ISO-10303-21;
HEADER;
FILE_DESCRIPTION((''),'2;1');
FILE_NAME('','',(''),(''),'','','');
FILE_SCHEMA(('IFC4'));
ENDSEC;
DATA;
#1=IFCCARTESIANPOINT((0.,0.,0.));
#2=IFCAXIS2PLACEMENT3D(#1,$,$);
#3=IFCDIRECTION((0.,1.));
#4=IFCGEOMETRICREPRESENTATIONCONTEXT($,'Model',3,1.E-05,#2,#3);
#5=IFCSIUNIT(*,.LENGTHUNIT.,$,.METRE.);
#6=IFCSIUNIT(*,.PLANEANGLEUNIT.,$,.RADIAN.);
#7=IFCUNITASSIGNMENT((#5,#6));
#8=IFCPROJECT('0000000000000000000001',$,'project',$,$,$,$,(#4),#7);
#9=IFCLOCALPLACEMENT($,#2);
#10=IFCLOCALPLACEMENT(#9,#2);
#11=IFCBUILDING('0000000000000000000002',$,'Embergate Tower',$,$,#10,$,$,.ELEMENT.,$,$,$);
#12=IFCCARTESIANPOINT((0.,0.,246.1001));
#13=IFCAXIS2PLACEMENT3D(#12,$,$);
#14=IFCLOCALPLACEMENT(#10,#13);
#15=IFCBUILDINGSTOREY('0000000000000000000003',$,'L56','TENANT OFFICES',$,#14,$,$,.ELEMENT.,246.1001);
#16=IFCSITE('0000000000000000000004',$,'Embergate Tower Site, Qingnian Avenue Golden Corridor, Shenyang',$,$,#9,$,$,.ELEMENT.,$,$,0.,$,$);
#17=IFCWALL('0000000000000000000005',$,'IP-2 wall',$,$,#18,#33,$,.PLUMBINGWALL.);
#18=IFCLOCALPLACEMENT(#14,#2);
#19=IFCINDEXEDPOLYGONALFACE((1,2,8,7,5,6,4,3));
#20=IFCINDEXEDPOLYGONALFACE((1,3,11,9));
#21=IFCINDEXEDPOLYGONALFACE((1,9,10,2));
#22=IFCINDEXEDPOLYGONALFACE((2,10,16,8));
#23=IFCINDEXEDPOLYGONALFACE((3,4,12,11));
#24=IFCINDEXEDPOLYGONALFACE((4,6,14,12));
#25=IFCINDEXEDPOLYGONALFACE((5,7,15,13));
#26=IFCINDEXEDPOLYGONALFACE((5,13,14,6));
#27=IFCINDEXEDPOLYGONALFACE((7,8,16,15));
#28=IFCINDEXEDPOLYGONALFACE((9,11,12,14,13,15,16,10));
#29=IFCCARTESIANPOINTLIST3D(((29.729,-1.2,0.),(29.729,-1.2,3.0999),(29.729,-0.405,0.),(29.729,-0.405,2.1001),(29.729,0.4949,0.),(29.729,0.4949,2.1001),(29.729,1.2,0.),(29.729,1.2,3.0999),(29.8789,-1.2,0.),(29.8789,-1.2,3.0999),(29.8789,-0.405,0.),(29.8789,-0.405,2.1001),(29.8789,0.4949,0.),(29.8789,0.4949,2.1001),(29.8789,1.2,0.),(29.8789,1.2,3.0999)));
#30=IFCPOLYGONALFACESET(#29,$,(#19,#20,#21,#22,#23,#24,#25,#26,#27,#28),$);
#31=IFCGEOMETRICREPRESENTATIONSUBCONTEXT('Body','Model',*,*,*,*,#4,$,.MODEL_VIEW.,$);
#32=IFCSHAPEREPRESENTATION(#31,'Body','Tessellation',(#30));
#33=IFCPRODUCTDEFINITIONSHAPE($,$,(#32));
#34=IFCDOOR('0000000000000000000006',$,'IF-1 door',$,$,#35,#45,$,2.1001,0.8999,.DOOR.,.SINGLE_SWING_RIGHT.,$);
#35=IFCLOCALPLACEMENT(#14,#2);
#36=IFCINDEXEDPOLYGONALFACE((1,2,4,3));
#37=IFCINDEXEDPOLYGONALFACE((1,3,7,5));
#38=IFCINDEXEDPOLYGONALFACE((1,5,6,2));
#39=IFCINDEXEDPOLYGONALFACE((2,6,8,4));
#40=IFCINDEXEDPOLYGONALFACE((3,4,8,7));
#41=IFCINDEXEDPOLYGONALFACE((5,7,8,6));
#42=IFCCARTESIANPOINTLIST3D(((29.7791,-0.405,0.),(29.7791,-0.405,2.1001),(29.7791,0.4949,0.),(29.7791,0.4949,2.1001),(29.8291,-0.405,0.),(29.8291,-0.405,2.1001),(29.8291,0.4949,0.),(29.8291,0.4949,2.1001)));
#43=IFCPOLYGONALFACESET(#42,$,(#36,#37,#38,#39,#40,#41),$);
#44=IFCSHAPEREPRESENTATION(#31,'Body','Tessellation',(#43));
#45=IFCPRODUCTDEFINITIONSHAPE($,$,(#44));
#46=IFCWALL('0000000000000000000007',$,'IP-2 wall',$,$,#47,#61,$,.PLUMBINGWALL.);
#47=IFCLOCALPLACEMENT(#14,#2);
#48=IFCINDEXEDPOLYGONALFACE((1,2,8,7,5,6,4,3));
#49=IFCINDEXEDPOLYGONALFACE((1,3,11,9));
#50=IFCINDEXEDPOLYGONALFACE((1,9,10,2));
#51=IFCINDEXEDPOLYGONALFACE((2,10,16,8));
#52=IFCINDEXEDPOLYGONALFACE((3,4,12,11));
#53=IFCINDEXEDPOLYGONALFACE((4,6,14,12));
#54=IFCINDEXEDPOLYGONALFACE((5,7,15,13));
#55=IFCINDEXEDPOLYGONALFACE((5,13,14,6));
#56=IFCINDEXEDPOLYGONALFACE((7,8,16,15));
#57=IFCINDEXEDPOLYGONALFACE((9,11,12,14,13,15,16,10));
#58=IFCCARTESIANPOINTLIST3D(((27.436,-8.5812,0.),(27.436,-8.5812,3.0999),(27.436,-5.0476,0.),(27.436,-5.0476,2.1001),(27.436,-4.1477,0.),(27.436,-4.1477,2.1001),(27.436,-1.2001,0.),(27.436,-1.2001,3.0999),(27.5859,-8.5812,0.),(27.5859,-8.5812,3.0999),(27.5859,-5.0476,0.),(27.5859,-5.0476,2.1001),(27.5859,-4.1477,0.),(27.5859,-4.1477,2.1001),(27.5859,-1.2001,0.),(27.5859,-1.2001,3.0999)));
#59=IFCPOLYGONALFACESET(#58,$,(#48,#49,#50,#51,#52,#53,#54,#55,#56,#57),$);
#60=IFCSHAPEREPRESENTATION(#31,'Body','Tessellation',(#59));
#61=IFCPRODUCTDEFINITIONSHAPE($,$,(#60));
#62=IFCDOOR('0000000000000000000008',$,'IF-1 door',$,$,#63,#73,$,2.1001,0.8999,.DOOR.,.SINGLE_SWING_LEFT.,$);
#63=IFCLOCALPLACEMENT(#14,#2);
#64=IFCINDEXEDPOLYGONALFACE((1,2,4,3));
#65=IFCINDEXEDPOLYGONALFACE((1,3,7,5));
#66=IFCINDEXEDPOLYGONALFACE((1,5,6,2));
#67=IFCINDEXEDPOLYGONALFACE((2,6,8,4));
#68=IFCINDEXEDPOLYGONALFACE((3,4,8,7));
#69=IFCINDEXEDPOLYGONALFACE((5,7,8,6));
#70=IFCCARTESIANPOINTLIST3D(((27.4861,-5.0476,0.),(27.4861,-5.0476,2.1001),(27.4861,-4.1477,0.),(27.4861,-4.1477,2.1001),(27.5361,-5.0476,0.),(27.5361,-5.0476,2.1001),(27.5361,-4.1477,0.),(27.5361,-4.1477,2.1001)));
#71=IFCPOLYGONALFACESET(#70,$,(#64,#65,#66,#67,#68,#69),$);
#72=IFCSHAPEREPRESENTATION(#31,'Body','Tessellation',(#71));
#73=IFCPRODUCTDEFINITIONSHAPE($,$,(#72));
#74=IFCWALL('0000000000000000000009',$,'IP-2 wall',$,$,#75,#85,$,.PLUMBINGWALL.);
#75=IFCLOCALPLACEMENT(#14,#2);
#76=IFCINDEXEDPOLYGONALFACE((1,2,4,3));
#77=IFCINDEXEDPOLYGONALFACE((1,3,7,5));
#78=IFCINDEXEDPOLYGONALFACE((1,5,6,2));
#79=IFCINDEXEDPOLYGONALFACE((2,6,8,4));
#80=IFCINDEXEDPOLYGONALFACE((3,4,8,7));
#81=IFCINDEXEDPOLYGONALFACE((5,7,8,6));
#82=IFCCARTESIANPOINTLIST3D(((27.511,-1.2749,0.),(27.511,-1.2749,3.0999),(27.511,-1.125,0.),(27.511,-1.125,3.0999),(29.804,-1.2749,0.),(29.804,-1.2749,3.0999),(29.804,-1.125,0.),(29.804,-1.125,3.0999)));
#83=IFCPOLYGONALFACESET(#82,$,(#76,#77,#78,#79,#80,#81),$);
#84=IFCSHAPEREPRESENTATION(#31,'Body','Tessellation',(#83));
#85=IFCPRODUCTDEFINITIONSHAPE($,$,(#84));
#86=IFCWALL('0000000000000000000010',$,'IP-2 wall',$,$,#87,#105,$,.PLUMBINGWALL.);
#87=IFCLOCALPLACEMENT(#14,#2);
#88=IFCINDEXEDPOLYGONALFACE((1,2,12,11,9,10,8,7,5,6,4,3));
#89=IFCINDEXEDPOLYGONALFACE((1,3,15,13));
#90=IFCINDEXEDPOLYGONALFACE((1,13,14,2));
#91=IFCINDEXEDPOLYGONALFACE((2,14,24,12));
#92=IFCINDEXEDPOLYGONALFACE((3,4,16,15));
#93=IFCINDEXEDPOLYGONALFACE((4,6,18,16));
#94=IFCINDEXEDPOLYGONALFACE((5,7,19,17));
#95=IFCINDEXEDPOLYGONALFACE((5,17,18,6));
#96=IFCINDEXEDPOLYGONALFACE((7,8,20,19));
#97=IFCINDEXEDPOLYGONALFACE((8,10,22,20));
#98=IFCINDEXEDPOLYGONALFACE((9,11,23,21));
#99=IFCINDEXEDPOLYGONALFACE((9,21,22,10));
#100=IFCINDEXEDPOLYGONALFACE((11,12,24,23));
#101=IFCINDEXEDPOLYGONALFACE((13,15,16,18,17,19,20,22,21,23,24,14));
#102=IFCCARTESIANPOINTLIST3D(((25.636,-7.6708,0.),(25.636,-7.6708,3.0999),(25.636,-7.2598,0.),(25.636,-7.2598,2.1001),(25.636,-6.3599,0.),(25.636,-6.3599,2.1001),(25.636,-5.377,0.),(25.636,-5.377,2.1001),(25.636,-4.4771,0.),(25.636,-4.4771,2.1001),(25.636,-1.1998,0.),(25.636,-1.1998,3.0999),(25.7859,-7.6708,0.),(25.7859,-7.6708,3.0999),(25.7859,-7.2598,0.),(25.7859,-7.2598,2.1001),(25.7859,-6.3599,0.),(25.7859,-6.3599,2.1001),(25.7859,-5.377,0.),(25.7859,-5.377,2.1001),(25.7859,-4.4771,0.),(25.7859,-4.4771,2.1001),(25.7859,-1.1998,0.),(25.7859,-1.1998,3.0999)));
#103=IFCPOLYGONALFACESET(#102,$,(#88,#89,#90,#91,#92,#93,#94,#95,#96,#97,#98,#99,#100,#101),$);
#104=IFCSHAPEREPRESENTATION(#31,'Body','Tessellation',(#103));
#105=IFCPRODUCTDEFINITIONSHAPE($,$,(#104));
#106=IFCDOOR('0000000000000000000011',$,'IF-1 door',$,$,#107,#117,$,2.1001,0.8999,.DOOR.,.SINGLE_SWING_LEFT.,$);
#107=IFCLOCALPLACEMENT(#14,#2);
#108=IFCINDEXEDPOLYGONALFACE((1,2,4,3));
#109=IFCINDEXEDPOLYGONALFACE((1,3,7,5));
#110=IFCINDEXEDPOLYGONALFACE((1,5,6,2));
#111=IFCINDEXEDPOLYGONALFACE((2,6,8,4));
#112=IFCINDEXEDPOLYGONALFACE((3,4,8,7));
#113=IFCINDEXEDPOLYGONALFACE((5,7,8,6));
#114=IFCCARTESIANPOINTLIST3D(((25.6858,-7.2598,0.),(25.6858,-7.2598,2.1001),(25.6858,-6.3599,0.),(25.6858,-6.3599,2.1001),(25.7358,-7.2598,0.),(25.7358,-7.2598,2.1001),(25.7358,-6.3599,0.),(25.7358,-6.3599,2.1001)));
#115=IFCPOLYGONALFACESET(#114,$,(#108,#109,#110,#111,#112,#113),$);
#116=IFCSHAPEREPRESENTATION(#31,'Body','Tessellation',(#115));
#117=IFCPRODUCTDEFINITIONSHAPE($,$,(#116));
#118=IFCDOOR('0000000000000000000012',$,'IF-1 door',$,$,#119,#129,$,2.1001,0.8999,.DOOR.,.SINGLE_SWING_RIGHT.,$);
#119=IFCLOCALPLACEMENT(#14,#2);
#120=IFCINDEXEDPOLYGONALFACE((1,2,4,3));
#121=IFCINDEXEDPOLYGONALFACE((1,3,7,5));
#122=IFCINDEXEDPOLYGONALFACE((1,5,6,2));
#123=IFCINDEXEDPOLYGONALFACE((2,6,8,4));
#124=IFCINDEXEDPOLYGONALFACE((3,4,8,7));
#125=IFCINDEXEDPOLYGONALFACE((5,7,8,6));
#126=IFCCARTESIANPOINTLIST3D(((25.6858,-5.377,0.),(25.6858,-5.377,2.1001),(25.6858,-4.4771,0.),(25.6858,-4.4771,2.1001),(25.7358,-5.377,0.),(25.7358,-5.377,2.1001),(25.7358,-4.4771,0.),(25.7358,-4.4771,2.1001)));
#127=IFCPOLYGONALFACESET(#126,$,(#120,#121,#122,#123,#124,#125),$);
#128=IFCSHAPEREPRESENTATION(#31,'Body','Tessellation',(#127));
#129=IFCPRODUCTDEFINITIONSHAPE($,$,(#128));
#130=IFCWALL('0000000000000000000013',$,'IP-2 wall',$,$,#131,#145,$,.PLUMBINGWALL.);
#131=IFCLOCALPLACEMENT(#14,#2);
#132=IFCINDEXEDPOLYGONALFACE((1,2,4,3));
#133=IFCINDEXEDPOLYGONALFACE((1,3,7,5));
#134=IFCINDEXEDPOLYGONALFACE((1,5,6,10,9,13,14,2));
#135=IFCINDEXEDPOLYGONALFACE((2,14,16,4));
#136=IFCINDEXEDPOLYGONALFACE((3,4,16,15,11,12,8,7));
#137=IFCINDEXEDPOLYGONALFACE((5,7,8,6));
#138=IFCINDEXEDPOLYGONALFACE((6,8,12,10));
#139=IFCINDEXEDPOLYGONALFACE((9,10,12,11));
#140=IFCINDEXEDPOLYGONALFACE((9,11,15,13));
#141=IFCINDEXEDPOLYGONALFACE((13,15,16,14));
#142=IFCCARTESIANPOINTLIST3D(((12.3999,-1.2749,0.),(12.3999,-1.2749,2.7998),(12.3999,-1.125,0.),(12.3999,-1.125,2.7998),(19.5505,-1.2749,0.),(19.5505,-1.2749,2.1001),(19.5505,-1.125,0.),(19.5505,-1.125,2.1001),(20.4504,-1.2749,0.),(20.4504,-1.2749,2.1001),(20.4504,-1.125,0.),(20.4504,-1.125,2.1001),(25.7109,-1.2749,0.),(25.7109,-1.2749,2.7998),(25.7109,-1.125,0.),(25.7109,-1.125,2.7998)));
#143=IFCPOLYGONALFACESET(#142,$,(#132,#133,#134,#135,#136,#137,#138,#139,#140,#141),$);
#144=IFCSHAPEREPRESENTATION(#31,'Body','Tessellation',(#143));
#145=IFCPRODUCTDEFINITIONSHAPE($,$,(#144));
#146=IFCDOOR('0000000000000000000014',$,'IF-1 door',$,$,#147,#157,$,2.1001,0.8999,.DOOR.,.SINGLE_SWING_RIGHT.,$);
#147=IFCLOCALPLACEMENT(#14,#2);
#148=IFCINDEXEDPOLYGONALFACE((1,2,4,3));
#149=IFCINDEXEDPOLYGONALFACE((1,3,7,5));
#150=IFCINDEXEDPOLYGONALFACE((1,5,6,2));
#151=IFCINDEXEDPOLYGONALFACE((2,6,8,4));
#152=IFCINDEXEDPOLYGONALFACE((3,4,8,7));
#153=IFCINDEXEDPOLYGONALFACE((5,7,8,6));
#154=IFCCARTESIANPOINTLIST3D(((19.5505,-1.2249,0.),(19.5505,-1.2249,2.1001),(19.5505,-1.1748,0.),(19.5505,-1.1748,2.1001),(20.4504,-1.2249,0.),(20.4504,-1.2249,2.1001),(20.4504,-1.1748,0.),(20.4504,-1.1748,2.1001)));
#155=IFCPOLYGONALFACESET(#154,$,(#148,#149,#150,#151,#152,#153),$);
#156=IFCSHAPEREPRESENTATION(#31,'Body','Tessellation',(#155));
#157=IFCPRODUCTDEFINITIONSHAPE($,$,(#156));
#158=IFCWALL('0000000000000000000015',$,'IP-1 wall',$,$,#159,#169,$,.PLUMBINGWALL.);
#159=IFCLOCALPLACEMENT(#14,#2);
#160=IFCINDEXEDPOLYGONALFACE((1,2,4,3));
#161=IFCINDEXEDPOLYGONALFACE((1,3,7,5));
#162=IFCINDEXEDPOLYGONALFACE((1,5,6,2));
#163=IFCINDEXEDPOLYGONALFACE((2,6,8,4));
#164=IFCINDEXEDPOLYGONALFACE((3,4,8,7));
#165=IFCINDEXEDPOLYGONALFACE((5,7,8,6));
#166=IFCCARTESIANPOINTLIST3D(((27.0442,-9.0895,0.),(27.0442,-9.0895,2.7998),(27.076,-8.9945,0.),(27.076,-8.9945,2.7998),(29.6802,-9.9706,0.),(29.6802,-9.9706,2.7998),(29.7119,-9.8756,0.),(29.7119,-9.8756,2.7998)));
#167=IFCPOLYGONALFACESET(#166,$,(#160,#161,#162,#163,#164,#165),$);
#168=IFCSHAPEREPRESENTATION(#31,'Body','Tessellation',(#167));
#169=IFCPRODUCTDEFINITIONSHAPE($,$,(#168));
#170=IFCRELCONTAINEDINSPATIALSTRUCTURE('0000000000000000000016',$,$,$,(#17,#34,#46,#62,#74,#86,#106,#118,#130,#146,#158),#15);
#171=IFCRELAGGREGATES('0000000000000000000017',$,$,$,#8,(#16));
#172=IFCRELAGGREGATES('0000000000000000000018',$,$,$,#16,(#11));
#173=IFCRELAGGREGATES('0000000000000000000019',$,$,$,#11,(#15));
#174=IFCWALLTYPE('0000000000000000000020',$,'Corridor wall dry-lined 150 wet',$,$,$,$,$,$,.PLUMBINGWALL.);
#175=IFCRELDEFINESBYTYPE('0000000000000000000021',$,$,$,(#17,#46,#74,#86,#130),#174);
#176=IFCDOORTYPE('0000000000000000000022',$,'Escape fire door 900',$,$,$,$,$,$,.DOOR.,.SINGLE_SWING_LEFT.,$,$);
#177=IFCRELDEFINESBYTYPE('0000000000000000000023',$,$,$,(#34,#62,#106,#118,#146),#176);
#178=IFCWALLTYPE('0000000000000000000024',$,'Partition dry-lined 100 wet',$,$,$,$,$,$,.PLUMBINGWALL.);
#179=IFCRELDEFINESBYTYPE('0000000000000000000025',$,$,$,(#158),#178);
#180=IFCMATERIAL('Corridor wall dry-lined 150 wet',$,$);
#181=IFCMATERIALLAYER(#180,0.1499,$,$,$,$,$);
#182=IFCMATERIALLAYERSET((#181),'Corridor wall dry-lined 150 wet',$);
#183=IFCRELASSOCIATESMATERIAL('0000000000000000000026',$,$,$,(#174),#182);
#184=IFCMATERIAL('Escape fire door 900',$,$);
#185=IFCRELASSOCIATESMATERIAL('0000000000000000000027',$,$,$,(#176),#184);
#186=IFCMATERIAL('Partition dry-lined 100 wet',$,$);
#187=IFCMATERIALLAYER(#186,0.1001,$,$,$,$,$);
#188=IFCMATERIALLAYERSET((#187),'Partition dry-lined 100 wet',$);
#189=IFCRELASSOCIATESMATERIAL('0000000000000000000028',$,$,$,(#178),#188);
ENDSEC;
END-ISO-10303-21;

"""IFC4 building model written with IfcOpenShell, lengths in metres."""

from ifc_helpers import new_model, si_unit, direction, frame, frame_2d, origin, place, context, subcontext, project, spatial, rectangle, extrude, source, transform, mapped, material, layer, layer_set, type_object, element, fill, save


model = new_model("IFC4")

# Units and contexts
model_context = context("Model", 3, precision=1e-05, world=origin(), true_north=direction((0.0, 1.0)))
body_context = subcontext(model_context, "Body", "Model", "MODEL_VIEW")
ifc_project = project(units=[si_unit("LENGTHUNIT", "METRE"), si_unit("PLANEANGLEUNIT", "RADIAN")], contexts=[model_context])

# Site, building, storey
site_placement = place(None, origin())
site = spatial("IfcSite", under=ifc_project, at=site_placement, Name="Embergate Tower Site, Qingnian Avenue Golden Corridor, Shenyang", CompositionType="ELEMENT", RefElevation=0.0)
building_placement = place(site_placement, origin())
building = spatial("IfcBuilding", under=site, at=building_placement, Name="Embergate Tower", CompositionType="ELEMENT")
storey_placement = place(building_placement, frame((0.0, 0.0, 246.1001)))
storey = spatial("IfcBuildingStorey", under=building, at=storey_placement, Name="L56", Description="TENANT OFFICES", CompositionType="ELEMENT", Elevation=246.1001)

# Walls, openings, doors
ifc_material_1 = material(Name="Corridor wall dry-lined 150 wet")
ifc_layer_1 = layer(ifc_material_1, 0.1499)
ifc_layer_set_1 = layer_set([ifc_layer_1], Name="Corridor wall dry-lined 150 wet")
wall_type_1 = type_object("IfcWallType", Name="Corridor wall dry-lined 150 wet", PredefinedType="PLUMBINGWALL", material=ifc_layer_set_1)
shared_shape_1 = source(origin(), body_context, "Body", "SweptSolid", [
    extrude(rectangle(XDim=2.3999, YDim=0.1499, at=frame_2d((1.2, 0.0))), origin(), (0.0, 0.0, 1.0), 3.0999),
])
wall_1_placement = place(storey_placement, frame((29.804, -1.2, 0.0), z_axis=(0.0, 0.0, 1.0), x_axis=(0.0, 1.0, 0.0)))
wall_1 = element("IfcWall", 1, at=wall_1_placement, inside=storey, type_object=wall_type_1, Name="IP-2 wall", PredefinedType="PLUMBINGWALL", context=body_context, shape_type="MappedRepresentation", body=[
    mapped(shared_shape_1, transform((0.0, 0.0, 0.0))),
])
shared_shape_2 = source(origin(), body_context, "Body", "SweptSolid", [
    extrude(rectangle(XDim=0.8999, YDim=2.1001, at=frame_2d((0.45, 1.05))), frame((0.0, 0.085, 0.0), z_axis=(0.0, -1.0, 0.0), x_axis=(1.0, 0.0, 0.0)), (0.0, 0.0, 1.0), 0.1699),
])
opening_1_placement = place(wall_1_placement, frame((0.7949, 0.0, 0.0)))
opening_1 = element("IfcOpeningElement", 2, at=opening_1_placement, cuts=wall_1, PredefinedType="OPENING", context=body_context, shape_type="MappedRepresentation", body=[
    mapped(shared_shape_2, transform((0.0, 0.0, 0.0))),
])
ifc_material_2 = material(Name="Escape fire door 900")
door_type = type_object("IfcDoorType", Name="Escape fire door 900", OperationType="SINGLE_SWING_LEFT", PredefinedType="DOOR", material=ifc_material_2)
shared_shape_3 = source(origin(), body_context, "Body", "SweptSolid", [
    extrude(rectangle(XDim=0.8999, YDim=2.1001, at=frame_2d((0.45, 1.05))), frame((0.0, 0.0249, 0.0), z_axis=(0.0, -1.0, 0.0), x_axis=(1.0, 0.0, 0.0)), (0.0, 0.0, 1.0), 0.05),
])
door_1_placement = place(opening_1_placement, origin())
door_1 = element("IfcDoor", 3, at=door_1_placement, inside=storey, type_object=door_type, Name="IF-1 door", OperationType="SINGLE_SWING_RIGHT", OverallHeight=2.1001, OverallWidth=0.8999, PredefinedType="DOOR", context=body_context, shape_type="MappedRepresentation", body=[
    mapped(shared_shape_3, transform((0.0, 0.0, 0.0))),
])
fill(opening_1, door_1)
shared_shape_4 = source(origin(), body_context, "Body", "SweptSolid", [
    extrude(rectangle(XDim=7.3811, YDim=0.1499, at=frame_2d((3.6904, 0.0))), origin(), (0.0, 0.0, 1.0), 3.0999),
])
wall_2_placement = place(storey_placement, frame((27.511, -8.5811, 0.0), z_axis=(0.0, 0.0, 1.0), x_axis=(0.0, 1.0, 0.0)))
wall_2 = element("IfcWall", 4, at=wall_2_placement, inside=storey, type_object=wall_type_1, Name="IP-2 wall", PredefinedType="PLUMBINGWALL", context=body_context, shape_type="MappedRepresentation", body=[
    mapped(shared_shape_4, transform((0.0, 0.0, 0.0))),
])
opening_2_placement = place(wall_2_placement, frame((3.5334, 0.0, 0.0)))
opening_2 = element("IfcOpeningElement", 5, at=opening_2_placement, cuts=wall_2, PredefinedType="OPENING", context=body_context, shape_type="MappedRepresentation", body=[
    mapped(shared_shape_2, transform((0.0, 0.0, 0.0))),
])
door_2_placement = place(opening_2_placement, origin())
door_2 = element("IfcDoor", 6, at=door_2_placement, inside=storey, type_object=door_type, Name="IF-1 door", OperationType="SINGLE_SWING_LEFT", OverallHeight=2.1001, OverallWidth=0.8999, PredefinedType="DOOR", context=body_context, shape_type="MappedRepresentation", body=[
    mapped(shared_shape_3, transform((0.0, 0.0, 0.0))),
])
fill(opening_2, door_2)

# Wall
shared_shape_5 = source(origin(), body_context, "Body", "SweptSolid", [
    extrude(rectangle(XDim=2.293, YDim=0.1499, at=frame_2d((1.1465, 0.0))), origin(), (0.0, 0.0, 1.0), 3.0999),
])
wall_3_placement = place(storey_placement, frame((27.511, -1.2, 0.0), z_axis=(0.0, 0.0, 1.0), x_axis=(1.0, 0.0, 0.0)))
element("IfcWall", 7, at=wall_3_placement, inside=storey, type_object=wall_type_1, Name="IP-2 wall", PredefinedType="PLUMBINGWALL", context=body_context, shape_type="MappedRepresentation", body=[
    mapped(shared_shape_5, transform((0.0, 0.0, 0.0))),
])

# Wall, openings, doors
shared_shape_6 = source(origin(), body_context, "Body", "SweptSolid", [
    extrude(rectangle(XDim=6.4709, YDim=0.1499, at=frame_2d((3.2354, 0.0))), origin(), (0.0, 0.0, 1.0), 3.0999),
])
wall_4_placement = place(storey_placement, frame((25.7109, -1.2, 0.0), z_axis=(0.0, 0.0, 1.0), x_axis=(0.0, -1.0, 0.0)))
wall_4 = element("IfcWall", 8, at=wall_4_placement, inside=storey, type_object=wall_type_1, Name="IP-2 wall", PredefinedType="PLUMBINGWALL", context=body_context, shape_type="MappedRepresentation", body=[
    mapped(shared_shape_6, transform((0.0, 0.0, 0.0))),
])
opening_3_placement = place(wall_4_placement, frame((5.1599, 0.0, 0.0)))
opening_3 = element("IfcOpeningElement", 9, at=opening_3_placement, cuts=wall_4, PredefinedType="OPENING", context=body_context, shape_type="MappedRepresentation", body=[
    mapped(shared_shape_2, transform((0.0, 0.0, 0.0))),
])
opening_4_placement = place(wall_4_placement, frame((3.2771, 0.0, 0.0)))
opening_4 = element("IfcOpeningElement", 10, at=opening_4_placement, cuts=wall_4, PredefinedType="OPENING", context=body_context, shape_type="MappedRepresentation", body=[
    mapped(shared_shape_2, transform((0.0, 0.0, 0.0))),
])
door_3_placement = place(opening_3_placement, origin())
door_3 = element("IfcDoor", 11, at=door_3_placement, inside=storey, type_object=door_type, Name="IF-1 door", OperationType="SINGLE_SWING_LEFT", OverallHeight=2.1001, OverallWidth=0.8999, PredefinedType="DOOR", context=body_context, shape_type="MappedRepresentation", body=[
    mapped(shared_shape_3, transform((0.0, 0.0, 0.0))),
])
fill(opening_3, door_3)
door_4_placement = place(opening_4_placement, origin())
door_4 = element("IfcDoor", 12, at=door_4_placement, inside=storey, type_object=door_type, Name="IF-1 door", OperationType="SINGLE_SWING_RIGHT", OverallHeight=2.1001, OverallWidth=0.8999, PredefinedType="DOOR", context=body_context, shape_type="MappedRepresentation", body=[
    mapped(shared_shape_3, transform((0.0, 0.0, 0.0))),
])
fill(opening_4, door_4)

# Wall, opening, door
shared_shape_7 = source(origin(), body_context, "Body", "SweptSolid", [
    extrude(rectangle(XDim=13.311, YDim=0.1499, at=frame_2d((6.6555, 0.0))), origin(), (0.0, 0.0, 1.0), 2.7998),
])
wall_5_placement = place(storey_placement, frame((25.7109, -1.2, 0.0), z_axis=(0.0, 0.0, 1.0), x_axis=(-1.0, 0.0, 0.0)))
wall_5 = element("IfcWall", 13, at=wall_5_placement, inside=storey, type_object=wall_type_1, Name="IP-2 wall", PredefinedType="PLUMBINGWALL", context=body_context, shape_type="MappedRepresentation", body=[
    mapped(shared_shape_7, transform((0.0, 0.0, 0.0))),
])
opening_5_placement = place(wall_5_placement, frame((5.2605, 0.0, 0.0)))
opening_5 = element("IfcOpeningElement", 14, at=opening_5_placement, cuts=wall_5, PredefinedType="OPENING", context=body_context, shape_type="MappedRepresentation", body=[
    mapped(shared_shape_2, transform((0.0, 0.0, 0.0))),
])
door_5_placement = place(opening_5_placement, origin())
door_5 = element("IfcDoor", 15, at=door_5_placement, inside=storey, type_object=door_type, Name="IF-1 door", OperationType="SINGLE_SWING_RIGHT", OverallHeight=2.1001, OverallWidth=0.8999, PredefinedType="DOOR", context=body_context, shape_type="MappedRepresentation", body=[
    mapped(shared_shape_3, transform((0.0, 0.0, 0.0))),
])
fill(opening_5, door_5)

# Wall
ifc_material_3 = material(Name="Partition dry-lined 100 wet")
ifc_layer_2 = layer(ifc_material_3, 0.1001)
ifc_layer_set_2 = layer_set([ifc_layer_2], Name="Partition dry-lined 100 wet")
wall_type_2 = type_object("IfcWallType", Name="Partition dry-lined 100 wet", PredefinedType="PLUMBINGWALL", material=ifc_layer_set_2)
shared_shape_8 = source(origin(), body_context, "Body", "SweptSolid", [
    extrude(rectangle(XDim=2.7793, YDim=0.1001, at=frame_2d((1.3896, 0.0))), origin(), (0.0, 0.0, 1.0), 2.7998),
])
wall_6_placement = place(storey_placement, frame((29.696, -9.9231, 0.0), z_axis=(0.0, 0.0, 1.0), x_axis=(-0.948419, 0.317018, 0.0)))
element("IfcWall", 16, at=wall_6_placement, inside=storey, type_object=wall_type_2, Name="IP-1 wall", PredefinedType="PLUMBINGWALL", context=body_context, shape_type="MappedRepresentation", body=[
    mapped(shared_shape_8, transform((0.0, 0.0, 0.0))),
])

save(model, "model.ifc")
